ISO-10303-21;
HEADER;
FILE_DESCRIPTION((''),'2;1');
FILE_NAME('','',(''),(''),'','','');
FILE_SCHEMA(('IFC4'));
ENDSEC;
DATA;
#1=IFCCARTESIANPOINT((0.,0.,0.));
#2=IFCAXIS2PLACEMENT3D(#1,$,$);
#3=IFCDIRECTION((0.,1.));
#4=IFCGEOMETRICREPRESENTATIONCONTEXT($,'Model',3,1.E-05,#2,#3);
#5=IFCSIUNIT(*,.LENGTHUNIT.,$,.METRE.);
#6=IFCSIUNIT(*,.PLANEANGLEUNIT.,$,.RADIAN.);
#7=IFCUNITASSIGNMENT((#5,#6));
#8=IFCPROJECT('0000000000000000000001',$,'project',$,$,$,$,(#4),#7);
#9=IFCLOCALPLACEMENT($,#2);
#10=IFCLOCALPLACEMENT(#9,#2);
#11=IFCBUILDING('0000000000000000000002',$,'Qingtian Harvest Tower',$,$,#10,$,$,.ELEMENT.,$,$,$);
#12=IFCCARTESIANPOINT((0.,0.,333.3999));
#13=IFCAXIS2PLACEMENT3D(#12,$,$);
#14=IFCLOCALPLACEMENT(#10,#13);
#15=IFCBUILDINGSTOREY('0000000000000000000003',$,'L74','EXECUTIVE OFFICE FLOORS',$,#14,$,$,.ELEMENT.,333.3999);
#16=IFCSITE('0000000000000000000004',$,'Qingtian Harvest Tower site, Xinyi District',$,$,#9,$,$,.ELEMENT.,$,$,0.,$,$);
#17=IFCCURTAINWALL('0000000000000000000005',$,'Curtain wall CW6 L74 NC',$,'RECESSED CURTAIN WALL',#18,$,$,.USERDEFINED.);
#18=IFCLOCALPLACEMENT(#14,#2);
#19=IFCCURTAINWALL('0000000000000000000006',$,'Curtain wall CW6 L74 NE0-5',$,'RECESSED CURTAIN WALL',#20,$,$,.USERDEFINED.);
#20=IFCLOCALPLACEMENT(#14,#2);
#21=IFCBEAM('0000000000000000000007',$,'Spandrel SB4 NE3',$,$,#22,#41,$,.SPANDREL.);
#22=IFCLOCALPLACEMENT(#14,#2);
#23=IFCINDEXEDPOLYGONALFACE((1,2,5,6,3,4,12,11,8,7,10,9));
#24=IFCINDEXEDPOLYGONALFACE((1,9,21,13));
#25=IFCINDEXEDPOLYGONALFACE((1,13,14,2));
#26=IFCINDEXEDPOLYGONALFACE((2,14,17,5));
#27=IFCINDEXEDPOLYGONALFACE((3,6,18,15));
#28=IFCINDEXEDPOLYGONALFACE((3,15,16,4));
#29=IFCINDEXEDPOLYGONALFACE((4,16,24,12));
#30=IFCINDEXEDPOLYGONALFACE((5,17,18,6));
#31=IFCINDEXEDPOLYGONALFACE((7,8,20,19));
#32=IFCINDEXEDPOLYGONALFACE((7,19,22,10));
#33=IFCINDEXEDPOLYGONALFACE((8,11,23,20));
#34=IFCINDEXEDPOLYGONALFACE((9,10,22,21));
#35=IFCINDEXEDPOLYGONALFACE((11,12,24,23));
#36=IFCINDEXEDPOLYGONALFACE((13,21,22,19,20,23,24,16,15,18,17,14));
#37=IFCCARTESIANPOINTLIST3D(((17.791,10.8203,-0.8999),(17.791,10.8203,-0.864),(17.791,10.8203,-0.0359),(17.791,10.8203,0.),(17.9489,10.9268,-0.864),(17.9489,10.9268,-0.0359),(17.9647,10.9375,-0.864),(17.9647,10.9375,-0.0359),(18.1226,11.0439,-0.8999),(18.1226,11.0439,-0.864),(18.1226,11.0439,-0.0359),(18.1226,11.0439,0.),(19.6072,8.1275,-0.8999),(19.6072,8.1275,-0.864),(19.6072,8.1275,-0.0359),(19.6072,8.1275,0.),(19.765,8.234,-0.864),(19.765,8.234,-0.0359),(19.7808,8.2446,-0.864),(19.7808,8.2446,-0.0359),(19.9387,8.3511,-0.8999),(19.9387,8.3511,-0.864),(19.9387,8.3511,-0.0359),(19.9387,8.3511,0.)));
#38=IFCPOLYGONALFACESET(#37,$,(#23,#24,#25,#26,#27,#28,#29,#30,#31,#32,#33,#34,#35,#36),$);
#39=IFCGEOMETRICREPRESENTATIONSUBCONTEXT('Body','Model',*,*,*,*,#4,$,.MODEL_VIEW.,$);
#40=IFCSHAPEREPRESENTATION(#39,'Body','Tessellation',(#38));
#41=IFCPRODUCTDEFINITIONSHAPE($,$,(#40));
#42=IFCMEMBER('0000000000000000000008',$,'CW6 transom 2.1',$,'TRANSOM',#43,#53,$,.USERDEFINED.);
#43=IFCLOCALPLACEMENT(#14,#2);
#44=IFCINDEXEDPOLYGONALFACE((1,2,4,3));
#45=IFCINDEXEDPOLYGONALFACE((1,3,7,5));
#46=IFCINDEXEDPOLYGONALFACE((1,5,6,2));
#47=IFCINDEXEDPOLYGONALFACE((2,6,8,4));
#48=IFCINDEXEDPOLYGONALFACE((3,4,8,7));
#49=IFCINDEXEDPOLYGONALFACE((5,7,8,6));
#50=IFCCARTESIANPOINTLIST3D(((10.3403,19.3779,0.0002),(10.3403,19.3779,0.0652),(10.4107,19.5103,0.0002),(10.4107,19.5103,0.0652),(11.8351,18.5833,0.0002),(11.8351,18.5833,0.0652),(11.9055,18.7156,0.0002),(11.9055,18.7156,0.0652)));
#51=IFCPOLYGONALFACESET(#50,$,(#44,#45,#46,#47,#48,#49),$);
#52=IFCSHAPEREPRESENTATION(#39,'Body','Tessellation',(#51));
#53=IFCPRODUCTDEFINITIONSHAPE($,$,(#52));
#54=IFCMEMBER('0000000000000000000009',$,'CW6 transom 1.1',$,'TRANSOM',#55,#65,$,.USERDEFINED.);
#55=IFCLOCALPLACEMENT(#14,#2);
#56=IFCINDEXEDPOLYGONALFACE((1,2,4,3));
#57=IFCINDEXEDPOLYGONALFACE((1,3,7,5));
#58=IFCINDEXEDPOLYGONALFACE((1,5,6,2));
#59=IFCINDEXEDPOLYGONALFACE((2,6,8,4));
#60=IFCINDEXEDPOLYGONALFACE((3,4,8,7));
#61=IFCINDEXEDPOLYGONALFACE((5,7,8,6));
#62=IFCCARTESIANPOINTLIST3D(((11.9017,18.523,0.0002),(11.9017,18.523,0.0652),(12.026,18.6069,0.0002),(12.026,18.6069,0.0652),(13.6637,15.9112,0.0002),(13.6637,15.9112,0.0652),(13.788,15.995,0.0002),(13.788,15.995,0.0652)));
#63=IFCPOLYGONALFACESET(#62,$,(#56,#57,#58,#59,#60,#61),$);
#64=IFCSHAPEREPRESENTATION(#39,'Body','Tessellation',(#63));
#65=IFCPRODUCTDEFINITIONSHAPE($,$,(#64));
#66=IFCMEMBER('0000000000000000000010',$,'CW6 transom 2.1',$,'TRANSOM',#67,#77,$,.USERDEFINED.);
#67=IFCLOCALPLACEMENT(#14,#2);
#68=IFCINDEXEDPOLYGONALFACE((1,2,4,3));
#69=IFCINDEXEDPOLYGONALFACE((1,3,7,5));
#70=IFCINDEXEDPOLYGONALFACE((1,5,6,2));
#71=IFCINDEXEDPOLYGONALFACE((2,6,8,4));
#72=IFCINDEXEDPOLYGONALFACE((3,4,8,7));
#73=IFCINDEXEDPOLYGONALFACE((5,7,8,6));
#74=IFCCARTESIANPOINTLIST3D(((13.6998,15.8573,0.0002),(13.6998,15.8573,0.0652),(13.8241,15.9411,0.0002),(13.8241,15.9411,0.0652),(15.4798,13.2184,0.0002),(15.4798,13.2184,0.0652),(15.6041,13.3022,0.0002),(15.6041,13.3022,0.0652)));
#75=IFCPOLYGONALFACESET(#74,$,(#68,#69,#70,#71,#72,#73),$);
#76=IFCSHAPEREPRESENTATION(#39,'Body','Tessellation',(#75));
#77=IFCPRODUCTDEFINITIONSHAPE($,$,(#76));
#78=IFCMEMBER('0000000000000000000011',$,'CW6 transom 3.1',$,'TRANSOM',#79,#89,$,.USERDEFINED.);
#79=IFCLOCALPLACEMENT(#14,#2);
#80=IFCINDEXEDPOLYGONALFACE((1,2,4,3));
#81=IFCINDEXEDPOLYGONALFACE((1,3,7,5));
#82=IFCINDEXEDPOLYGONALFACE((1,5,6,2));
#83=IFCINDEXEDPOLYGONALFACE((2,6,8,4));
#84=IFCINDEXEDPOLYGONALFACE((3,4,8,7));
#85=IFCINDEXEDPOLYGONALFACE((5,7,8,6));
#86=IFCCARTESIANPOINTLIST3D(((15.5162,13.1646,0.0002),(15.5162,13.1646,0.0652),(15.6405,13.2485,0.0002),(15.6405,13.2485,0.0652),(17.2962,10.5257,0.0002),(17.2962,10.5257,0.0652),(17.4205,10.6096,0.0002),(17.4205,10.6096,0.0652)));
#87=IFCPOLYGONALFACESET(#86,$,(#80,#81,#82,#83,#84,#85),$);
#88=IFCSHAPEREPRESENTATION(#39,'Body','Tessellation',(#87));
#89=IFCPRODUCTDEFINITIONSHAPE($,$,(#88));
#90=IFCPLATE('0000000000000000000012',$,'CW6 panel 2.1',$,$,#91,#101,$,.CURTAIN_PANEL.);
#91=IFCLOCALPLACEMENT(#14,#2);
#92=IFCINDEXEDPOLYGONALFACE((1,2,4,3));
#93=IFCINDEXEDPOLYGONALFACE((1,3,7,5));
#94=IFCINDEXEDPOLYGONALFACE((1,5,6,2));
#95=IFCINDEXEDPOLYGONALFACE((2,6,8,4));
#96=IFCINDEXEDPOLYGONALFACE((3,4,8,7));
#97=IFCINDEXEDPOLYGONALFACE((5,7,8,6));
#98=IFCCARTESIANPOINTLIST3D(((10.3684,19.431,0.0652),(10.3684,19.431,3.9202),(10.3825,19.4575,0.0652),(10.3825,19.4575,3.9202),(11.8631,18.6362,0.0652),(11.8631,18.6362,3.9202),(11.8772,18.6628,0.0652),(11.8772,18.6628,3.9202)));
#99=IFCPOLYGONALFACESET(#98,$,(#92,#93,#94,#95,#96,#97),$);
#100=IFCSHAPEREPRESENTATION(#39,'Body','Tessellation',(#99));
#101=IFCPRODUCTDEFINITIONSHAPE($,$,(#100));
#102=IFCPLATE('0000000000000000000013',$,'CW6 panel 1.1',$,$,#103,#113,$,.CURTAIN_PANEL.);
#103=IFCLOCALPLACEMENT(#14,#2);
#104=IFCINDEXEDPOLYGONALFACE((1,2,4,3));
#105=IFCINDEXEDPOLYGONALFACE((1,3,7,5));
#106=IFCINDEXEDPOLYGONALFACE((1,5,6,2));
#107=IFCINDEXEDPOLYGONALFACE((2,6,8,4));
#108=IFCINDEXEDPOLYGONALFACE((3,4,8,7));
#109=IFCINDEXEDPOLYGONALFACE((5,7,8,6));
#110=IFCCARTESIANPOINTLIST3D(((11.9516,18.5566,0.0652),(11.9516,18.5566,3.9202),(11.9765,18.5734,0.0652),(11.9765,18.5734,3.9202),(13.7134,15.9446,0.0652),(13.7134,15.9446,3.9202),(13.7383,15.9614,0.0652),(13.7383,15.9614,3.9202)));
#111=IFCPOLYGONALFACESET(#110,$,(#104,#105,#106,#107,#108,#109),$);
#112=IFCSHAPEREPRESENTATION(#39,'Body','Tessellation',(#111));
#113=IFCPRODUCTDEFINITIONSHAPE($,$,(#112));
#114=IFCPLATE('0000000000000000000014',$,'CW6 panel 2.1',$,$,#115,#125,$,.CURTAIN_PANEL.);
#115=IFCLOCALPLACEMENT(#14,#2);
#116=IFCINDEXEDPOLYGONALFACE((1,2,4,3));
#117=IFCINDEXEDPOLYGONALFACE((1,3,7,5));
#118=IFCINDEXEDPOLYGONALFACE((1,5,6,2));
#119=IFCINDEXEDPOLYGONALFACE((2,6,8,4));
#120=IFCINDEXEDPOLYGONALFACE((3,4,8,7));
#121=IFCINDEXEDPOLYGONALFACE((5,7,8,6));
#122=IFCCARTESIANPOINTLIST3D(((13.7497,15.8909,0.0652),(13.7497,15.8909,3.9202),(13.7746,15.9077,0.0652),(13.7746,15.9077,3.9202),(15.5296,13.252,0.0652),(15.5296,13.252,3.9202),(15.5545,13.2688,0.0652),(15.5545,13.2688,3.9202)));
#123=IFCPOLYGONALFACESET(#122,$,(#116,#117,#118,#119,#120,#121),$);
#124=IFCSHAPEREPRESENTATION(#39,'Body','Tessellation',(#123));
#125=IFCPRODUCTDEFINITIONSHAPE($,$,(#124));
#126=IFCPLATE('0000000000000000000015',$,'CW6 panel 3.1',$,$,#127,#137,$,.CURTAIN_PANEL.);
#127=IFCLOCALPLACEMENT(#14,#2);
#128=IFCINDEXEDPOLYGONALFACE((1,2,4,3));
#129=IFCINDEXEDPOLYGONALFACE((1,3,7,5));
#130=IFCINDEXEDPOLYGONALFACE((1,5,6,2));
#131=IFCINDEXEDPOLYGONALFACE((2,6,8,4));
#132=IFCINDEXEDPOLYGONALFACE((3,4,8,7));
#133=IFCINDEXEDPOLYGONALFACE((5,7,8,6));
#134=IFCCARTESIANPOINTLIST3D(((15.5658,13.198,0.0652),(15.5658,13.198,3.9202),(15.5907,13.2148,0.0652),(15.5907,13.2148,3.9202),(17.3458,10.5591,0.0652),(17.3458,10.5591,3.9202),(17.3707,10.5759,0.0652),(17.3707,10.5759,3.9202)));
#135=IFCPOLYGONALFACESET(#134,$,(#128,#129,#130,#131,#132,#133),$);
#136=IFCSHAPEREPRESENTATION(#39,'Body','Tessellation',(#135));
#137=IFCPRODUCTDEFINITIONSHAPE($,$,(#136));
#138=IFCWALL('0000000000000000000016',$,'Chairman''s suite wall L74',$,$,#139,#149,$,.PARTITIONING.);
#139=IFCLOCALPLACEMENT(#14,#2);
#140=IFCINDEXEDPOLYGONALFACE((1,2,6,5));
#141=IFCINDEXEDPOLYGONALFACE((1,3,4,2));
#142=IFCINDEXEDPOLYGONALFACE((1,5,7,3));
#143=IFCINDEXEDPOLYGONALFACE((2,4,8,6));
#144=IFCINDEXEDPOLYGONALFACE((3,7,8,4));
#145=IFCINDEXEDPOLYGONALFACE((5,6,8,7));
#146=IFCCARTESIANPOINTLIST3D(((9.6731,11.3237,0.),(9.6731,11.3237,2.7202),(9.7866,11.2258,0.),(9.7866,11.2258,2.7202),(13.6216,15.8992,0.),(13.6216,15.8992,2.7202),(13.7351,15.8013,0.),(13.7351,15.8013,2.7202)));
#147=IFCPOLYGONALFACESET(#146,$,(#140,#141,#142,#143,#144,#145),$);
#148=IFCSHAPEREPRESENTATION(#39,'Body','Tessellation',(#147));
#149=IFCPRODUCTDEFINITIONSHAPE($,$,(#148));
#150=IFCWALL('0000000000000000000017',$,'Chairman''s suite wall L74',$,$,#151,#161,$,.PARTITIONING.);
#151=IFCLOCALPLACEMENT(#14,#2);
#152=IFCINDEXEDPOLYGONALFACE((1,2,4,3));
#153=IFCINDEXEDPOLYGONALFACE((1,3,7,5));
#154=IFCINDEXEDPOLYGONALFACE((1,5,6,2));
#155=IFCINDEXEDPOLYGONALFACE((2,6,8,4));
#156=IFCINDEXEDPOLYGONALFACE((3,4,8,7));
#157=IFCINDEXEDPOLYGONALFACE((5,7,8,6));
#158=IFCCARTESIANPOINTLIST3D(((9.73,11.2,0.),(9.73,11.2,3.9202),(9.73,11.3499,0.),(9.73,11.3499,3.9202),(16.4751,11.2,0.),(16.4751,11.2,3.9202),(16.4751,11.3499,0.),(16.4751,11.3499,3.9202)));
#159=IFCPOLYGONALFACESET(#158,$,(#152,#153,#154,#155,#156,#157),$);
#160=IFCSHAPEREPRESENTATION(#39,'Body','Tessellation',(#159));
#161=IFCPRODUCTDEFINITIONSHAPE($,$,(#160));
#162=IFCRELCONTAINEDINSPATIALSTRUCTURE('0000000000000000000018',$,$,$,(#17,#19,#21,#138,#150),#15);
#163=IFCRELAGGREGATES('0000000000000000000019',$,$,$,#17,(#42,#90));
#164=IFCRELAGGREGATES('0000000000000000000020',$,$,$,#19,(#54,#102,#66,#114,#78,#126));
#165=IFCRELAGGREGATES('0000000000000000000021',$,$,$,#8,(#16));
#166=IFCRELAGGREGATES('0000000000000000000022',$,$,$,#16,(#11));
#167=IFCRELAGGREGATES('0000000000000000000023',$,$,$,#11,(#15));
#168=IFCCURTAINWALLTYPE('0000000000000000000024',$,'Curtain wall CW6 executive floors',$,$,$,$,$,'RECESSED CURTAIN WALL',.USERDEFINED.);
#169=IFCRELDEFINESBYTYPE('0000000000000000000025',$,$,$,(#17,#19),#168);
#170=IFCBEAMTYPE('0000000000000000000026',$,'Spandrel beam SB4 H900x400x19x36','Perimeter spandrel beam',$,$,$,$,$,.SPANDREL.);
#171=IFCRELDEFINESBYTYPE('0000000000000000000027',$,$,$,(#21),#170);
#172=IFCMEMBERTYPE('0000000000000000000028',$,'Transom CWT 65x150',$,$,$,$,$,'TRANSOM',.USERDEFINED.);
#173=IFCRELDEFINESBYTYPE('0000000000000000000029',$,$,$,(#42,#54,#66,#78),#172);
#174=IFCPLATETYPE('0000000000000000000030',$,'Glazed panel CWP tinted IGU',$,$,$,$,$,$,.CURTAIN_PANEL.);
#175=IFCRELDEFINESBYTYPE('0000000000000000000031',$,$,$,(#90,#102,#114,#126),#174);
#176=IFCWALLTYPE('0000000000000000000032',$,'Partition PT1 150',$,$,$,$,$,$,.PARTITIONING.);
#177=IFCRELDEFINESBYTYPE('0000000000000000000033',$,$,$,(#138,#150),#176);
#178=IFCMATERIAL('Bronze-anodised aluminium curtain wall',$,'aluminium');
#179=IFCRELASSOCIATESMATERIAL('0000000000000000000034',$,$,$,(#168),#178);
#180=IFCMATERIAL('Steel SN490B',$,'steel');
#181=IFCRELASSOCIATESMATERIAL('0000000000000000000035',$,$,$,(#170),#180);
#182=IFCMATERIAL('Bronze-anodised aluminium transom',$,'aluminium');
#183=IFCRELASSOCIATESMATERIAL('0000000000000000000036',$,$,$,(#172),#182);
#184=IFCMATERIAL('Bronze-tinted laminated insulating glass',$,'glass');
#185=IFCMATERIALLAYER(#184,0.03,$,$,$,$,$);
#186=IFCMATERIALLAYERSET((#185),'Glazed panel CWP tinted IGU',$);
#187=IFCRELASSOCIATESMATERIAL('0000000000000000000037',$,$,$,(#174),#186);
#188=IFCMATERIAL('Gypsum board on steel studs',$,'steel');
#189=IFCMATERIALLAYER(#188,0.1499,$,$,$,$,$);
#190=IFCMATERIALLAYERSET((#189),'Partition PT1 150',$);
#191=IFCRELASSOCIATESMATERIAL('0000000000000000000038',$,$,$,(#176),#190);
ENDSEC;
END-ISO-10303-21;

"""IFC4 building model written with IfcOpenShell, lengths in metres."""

from ifc_helpers import new_model, si_unit, direction, frame, frame_2d, origin, origin_2d, place, context, subcontext, project, spatial, rectangle, i_section, extrude, material, layer, layer_set, material_profile, profile_set, type_object, element, aggregate, save


model = new_model("IFC4")

# Units and contexts
model_context = context("Model", 3, precision=1e-05, world=origin(), true_north=direction((0.0, 1.0)))
body_context = subcontext(model_context, "Body", "Model", "MODEL_VIEW")
ifc_project = project(units=[si_unit("LENGTHUNIT", "METRE"), si_unit("PLANEANGLEUNIT", "RADIAN")], contexts=[model_context])

# Site, building, storey
site_placement = place(None, origin())
site = spatial("IfcSite", under=ifc_project, at=site_placement, Name="Qingtian Harvest Tower site, Xinyi District", CompositionType="ELEMENT", RefElevation=0.0)
building_placement = place(site_placement, origin())
building = spatial("IfcBuilding", under=site, at=building_placement, Name="Qingtian Harvest Tower", CompositionType="ELEMENT")
storey_placement = place(building_placement, frame((0.0, 0.0, 333.3999)))
storey = spatial("IfcBuildingStorey", under=building, at=storey_placement, Name="L74", Description="EXECUTIVE OFFICE FLOORS", CompositionType="ELEMENT", Elevation=333.3999)

# Curtain walls
ifc_material_1 = material(Name="Bronze-anodised aluminium curtain wall", Category="aluminium")
curtain_wall_type = type_object("IfcCurtainWallType", Name="Curtain wall CW6 executive floors", ElementType="RECESSED CURTAIN WALL", PredefinedType="USERDEFINED", material=ifc_material_1)
curtain_wall_1_placement = place(storey_placement, origin())
curtain_wall_1 = element("IfcCurtainWall", 1, at=curtain_wall_1_placement, inside=storey, type_object=curtain_wall_type, Name="Curtain wall CW6 L74 NC", ObjectType="RECESSED CURTAIN WALL", PredefinedType="USERDEFINED")
curtain_wall_2_placement = place(storey_placement, origin())
curtain_wall_2 = element("IfcCurtainWall", 2, at=curtain_wall_2_placement, inside=storey, type_object=curtain_wall_type, Name="Curtain wall CW6 L74 NE0-5", ObjectType="RECESSED CURTAIN WALL", PredefinedType="USERDEFINED")

# Beam
ifc_material_2 = material(Name="Steel SN490B", Category="steel")
ifc_material_profile_1 = material_profile(ifc_material_2, i_section(OverallWidth=0.3999, OverallDepth=0.8999, WebThickness=0.019, FlangeThickness=0.0359, at=origin_2d()), Name="H900x400x19x36")
ifc_profile_set_1 = profile_set([ifc_material_profile_1], Name="Steel SN490B")
beam_type_1 = type_object("IfcBeamType", Name="Spandrel beam SB4 H900x400x19x36", Description="Perimeter spandrel beam", PredefinedType="SPANDREL", material=ifc_profile_set_1)
beam_1_placement = place(storey_placement, frame((17.9568, 10.9321, -0.45), z_axis=(0.55915, -0.829066, 0.0), x_axis=(0.829066, 0.55915, 0.0)))
element("IfcBeam", 3, at=beam_1_placement, inside=storey, type_object=beam_type_1, Name="Spandrel SB4 NE3", PredefinedType="SPANDREL", context=body_context, shape_type="SweptSolid", body=[
    extrude(i_section(OverallWidth=0.3999, OverallDepth=0.8999, WebThickness=0.019, FlangeThickness=0.0359, at=origin_2d()), origin(), (0.0, 0.0, 1.0), 3.248),
])

# Members
ifc_material_3 = material(Name="Bronze-anodised aluminium transom", Category="aluminium")
ifc_material_profile_2 = material_profile(ifc_material_3, rectangle(XDim=0.1499, YDim=0.0649, at=origin_2d()), Name="AL 65x150")
ifc_profile_set_2 = profile_set([ifc_material_profile_2], Name="Bronze-anodised aluminium transom")
member_type_1 = type_object("IfcMemberType", Name="Transom CWT 65x150", ElementType="TRANSOM", PredefinedType="USERDEFINED", material=ifc_profile_set_2)
member_1_placement = place(storey_placement, frame((10.3755, 19.4441, 0.0327), z_axis=(0.882987, -0.469398, 0.0), x_axis=(0.469398, 0.882987, 0.0)))
member_1 = element("IfcMember", 4, at=member_1_placement, type_object=member_type_1, Name="CW6 transom 2.1", ObjectType="TRANSOM", PredefinedType="USERDEFINED", context=body_context, shape_type="SweptSolid", body=[
    extrude(rectangle(XDim=0.1499, YDim=0.0649, at=origin_2d()), origin(), (0.0, 0.0, 1.0), 1.6929),
])
member_2_placement = place(storey_placement, frame((11.9639, 18.5649, 0.0327), z_axis=(0.559252, -0.828998, 0.0), x_axis=(0.828998, 0.559252, 0.0)))
member_2 = element("IfcMember", 5, at=member_2_placement, type_object=member_type_1, Name="CW6 transom 1.1", ObjectType="TRANSOM", PredefinedType="USERDEFINED", context=body_context, shape_type="SweptSolid", body=[
    extrude(rectangle(XDim=0.1499, YDim=0.0649, at=origin_2d()), origin(), (0.0, 0.0, 1.0), 3.1506),
])
member_3_placement = place(storey_placement, frame((13.762, 15.8992, 0.0327), z_axis=(0.559205, -0.829029, 0.0), x_axis=(0.829029, 0.559205, 0.0)))
member_3 = element("IfcMember", 6, at=member_3_placement, type_object=member_type_1, Name="CW6 transom 2.1", ObjectType="TRANSOM", PredefinedType="USERDEFINED", context=body_context, shape_type="SweptSolid", body=[
    extrude(rectangle(XDim=0.1499, YDim=0.0649, at=origin_2d()), origin(), (0.0, 0.0, 1.0), 3.1831),
])
member_4_placement = place(storey_placement, frame((15.5784, 13.2065, 0.0327), z_axis=(0.559205, -0.829029, 0.0), x_axis=(0.829029, 0.559205, 0.0)))
member_4 = element("IfcMember", 7, at=member_4_placement, type_object=member_type_1, Name="CW6 transom 3.1", ObjectType="TRANSOM", PredefinedType="USERDEFINED", context=body_context, shape_type="SweptSolid", body=[
    extrude(rectangle(XDim=0.1499, YDim=0.0649, at=origin_2d()), origin(), (0.0, 0.0, 1.0), 3.1831),
])

# Plates
ifc_material_4 = material(Name="Bronze-tinted laminated insulating glass", Category="glass")
ifc_layer_1 = layer(ifc_material_4, 0.03)
ifc_layer_set_1 = layer_set([ifc_layer_1], Name="Glazed panel CWP tinted IGU")
plate_type = type_object("IfcPlateType", Name="Glazed panel CWP tinted IGU", PredefinedType="CURTAIN_PANEL", material=ifc_layer_set_1)
plate_1_placement = place(storey_placement, frame((11.1228, 19.0469, 0.0652), z_axis=(0.0, 0.0, 1.0), x_axis=(0.882948, -0.469472, 0.0)))
plate_1 = element("IfcPlate", 8, at=plate_1_placement, type_object=plate_type, Name="CW6 panel 2.1", PredefinedType="CURTAIN_PANEL", context=body_context, shape_type="SweptSolid", body=[
    extrude(rectangle(XDim=1.6929, YDim=0.03, at=origin_2d()), origin(), (0.0, 0.0, 1.0), 3.855),
])
aggregate(curtain_wall_1, [member_1, plate_1])
plate_2_placement = place(storey_placement, frame((12.845, 17.259, 0.0652), z_axis=(0.0, 0.0, 1.0), x_axis=(0.559193, -0.829038, 0.0)))
plate_2 = element("IfcPlate", 9, at=plate_2_placement, type_object=plate_type, Name="CW6 panel 1.1", PredefinedType="CURTAIN_PANEL", context=body_context, shape_type="SweptSolid", body=[
    extrude(rectangle(XDim=3.1506, YDim=0.03, at=origin_2d()), origin(), (0.0, 0.0, 1.0), 3.855),
])
plate_3_placement = place(storey_placement, frame((14.6521, 14.5798, 0.0652), z_axis=(0.0, 0.0, 1.0), x_axis=(0.559193, -0.829038, 0.0)))
plate_3 = element("IfcPlate", 10, at=plate_3_placement, type_object=plate_type, Name="CW6 panel 2.1", PredefinedType="CURTAIN_PANEL", context=body_context, shape_type="SweptSolid", body=[
    extrude(rectangle(XDim=3.1831, YDim=0.03, at=origin_2d()), origin(), (0.0, 0.0, 1.0), 3.855),
])
plate_4_placement = place(storey_placement, frame((16.4683, 11.887, 0.0652), z_axis=(0.0, 0.0, 1.0), x_axis=(0.559193, -0.829038, 0.0)))
plate_4 = element("IfcPlate", 11, at=plate_4_placement, type_object=plate_type, Name="CW6 panel 3.1", PredefinedType="CURTAIN_PANEL", context=body_context, shape_type="SweptSolid", body=[
    extrude(rectangle(XDim=3.1831, YDim=0.03, at=origin_2d()), origin(), (0.0, 0.0, 1.0), 3.855),
])
aggregate(curtain_wall_2, [member_2, plate_2, member_3, plate_3, member_4, plate_4])

# Walls
ifc_material_5 = material(Name="Gypsum board on steel studs", Category="steel")
ifc_layer_2 = layer(ifc_material_5, 0.1499)
ifc_layer_set_2 = layer_set([ifc_layer_2], Name="Partition PT1 150")
wall_type = type_object("IfcWallType", Name="Partition PT1 150", PredefinedType="PARTITIONING", material=ifc_layer_set_2)
wall_1_placement = place(storey_placement, frame((13.6785, 15.8503, 0.0), z_axis=(0.0, 0.0, 1.0), x_axis=(-0.653333, -0.757071, 0.0)))
element("IfcWall", 12, at=wall_1_placement, inside=storey, type_object=wall_type, Name="Chairman's suite wall L74", PredefinedType="PARTITIONING", context=body_context, shape_type="SweptSolid", body=[
    extrude(rectangle(XDim=6.0437, YDim=0.1499, at=frame_2d((3.022, 0.0))), origin(), (0.0, 0.0, 1.0), 2.7202),
])
wall_2_placement = place(storey_placement, frame((9.73, 11.2749, 0.0), z_axis=(0.0, 0.0, 1.0), x_axis=(1.0, 0.0, 0.0)))
element("IfcWall", 13, at=wall_2_placement, inside=storey, type_object=wall_type, Name="Chairman's suite wall L74", PredefinedType="PARTITIONING", context=body_context, shape_type="SweptSolid", body=[
    extrude(rectangle(XDim=6.7451, YDim=0.1499, at=frame_2d((3.3726, 0.0))), origin(), (0.0, 0.0, 1.0), 3.9202),
])

save(model, "model.ifc")
